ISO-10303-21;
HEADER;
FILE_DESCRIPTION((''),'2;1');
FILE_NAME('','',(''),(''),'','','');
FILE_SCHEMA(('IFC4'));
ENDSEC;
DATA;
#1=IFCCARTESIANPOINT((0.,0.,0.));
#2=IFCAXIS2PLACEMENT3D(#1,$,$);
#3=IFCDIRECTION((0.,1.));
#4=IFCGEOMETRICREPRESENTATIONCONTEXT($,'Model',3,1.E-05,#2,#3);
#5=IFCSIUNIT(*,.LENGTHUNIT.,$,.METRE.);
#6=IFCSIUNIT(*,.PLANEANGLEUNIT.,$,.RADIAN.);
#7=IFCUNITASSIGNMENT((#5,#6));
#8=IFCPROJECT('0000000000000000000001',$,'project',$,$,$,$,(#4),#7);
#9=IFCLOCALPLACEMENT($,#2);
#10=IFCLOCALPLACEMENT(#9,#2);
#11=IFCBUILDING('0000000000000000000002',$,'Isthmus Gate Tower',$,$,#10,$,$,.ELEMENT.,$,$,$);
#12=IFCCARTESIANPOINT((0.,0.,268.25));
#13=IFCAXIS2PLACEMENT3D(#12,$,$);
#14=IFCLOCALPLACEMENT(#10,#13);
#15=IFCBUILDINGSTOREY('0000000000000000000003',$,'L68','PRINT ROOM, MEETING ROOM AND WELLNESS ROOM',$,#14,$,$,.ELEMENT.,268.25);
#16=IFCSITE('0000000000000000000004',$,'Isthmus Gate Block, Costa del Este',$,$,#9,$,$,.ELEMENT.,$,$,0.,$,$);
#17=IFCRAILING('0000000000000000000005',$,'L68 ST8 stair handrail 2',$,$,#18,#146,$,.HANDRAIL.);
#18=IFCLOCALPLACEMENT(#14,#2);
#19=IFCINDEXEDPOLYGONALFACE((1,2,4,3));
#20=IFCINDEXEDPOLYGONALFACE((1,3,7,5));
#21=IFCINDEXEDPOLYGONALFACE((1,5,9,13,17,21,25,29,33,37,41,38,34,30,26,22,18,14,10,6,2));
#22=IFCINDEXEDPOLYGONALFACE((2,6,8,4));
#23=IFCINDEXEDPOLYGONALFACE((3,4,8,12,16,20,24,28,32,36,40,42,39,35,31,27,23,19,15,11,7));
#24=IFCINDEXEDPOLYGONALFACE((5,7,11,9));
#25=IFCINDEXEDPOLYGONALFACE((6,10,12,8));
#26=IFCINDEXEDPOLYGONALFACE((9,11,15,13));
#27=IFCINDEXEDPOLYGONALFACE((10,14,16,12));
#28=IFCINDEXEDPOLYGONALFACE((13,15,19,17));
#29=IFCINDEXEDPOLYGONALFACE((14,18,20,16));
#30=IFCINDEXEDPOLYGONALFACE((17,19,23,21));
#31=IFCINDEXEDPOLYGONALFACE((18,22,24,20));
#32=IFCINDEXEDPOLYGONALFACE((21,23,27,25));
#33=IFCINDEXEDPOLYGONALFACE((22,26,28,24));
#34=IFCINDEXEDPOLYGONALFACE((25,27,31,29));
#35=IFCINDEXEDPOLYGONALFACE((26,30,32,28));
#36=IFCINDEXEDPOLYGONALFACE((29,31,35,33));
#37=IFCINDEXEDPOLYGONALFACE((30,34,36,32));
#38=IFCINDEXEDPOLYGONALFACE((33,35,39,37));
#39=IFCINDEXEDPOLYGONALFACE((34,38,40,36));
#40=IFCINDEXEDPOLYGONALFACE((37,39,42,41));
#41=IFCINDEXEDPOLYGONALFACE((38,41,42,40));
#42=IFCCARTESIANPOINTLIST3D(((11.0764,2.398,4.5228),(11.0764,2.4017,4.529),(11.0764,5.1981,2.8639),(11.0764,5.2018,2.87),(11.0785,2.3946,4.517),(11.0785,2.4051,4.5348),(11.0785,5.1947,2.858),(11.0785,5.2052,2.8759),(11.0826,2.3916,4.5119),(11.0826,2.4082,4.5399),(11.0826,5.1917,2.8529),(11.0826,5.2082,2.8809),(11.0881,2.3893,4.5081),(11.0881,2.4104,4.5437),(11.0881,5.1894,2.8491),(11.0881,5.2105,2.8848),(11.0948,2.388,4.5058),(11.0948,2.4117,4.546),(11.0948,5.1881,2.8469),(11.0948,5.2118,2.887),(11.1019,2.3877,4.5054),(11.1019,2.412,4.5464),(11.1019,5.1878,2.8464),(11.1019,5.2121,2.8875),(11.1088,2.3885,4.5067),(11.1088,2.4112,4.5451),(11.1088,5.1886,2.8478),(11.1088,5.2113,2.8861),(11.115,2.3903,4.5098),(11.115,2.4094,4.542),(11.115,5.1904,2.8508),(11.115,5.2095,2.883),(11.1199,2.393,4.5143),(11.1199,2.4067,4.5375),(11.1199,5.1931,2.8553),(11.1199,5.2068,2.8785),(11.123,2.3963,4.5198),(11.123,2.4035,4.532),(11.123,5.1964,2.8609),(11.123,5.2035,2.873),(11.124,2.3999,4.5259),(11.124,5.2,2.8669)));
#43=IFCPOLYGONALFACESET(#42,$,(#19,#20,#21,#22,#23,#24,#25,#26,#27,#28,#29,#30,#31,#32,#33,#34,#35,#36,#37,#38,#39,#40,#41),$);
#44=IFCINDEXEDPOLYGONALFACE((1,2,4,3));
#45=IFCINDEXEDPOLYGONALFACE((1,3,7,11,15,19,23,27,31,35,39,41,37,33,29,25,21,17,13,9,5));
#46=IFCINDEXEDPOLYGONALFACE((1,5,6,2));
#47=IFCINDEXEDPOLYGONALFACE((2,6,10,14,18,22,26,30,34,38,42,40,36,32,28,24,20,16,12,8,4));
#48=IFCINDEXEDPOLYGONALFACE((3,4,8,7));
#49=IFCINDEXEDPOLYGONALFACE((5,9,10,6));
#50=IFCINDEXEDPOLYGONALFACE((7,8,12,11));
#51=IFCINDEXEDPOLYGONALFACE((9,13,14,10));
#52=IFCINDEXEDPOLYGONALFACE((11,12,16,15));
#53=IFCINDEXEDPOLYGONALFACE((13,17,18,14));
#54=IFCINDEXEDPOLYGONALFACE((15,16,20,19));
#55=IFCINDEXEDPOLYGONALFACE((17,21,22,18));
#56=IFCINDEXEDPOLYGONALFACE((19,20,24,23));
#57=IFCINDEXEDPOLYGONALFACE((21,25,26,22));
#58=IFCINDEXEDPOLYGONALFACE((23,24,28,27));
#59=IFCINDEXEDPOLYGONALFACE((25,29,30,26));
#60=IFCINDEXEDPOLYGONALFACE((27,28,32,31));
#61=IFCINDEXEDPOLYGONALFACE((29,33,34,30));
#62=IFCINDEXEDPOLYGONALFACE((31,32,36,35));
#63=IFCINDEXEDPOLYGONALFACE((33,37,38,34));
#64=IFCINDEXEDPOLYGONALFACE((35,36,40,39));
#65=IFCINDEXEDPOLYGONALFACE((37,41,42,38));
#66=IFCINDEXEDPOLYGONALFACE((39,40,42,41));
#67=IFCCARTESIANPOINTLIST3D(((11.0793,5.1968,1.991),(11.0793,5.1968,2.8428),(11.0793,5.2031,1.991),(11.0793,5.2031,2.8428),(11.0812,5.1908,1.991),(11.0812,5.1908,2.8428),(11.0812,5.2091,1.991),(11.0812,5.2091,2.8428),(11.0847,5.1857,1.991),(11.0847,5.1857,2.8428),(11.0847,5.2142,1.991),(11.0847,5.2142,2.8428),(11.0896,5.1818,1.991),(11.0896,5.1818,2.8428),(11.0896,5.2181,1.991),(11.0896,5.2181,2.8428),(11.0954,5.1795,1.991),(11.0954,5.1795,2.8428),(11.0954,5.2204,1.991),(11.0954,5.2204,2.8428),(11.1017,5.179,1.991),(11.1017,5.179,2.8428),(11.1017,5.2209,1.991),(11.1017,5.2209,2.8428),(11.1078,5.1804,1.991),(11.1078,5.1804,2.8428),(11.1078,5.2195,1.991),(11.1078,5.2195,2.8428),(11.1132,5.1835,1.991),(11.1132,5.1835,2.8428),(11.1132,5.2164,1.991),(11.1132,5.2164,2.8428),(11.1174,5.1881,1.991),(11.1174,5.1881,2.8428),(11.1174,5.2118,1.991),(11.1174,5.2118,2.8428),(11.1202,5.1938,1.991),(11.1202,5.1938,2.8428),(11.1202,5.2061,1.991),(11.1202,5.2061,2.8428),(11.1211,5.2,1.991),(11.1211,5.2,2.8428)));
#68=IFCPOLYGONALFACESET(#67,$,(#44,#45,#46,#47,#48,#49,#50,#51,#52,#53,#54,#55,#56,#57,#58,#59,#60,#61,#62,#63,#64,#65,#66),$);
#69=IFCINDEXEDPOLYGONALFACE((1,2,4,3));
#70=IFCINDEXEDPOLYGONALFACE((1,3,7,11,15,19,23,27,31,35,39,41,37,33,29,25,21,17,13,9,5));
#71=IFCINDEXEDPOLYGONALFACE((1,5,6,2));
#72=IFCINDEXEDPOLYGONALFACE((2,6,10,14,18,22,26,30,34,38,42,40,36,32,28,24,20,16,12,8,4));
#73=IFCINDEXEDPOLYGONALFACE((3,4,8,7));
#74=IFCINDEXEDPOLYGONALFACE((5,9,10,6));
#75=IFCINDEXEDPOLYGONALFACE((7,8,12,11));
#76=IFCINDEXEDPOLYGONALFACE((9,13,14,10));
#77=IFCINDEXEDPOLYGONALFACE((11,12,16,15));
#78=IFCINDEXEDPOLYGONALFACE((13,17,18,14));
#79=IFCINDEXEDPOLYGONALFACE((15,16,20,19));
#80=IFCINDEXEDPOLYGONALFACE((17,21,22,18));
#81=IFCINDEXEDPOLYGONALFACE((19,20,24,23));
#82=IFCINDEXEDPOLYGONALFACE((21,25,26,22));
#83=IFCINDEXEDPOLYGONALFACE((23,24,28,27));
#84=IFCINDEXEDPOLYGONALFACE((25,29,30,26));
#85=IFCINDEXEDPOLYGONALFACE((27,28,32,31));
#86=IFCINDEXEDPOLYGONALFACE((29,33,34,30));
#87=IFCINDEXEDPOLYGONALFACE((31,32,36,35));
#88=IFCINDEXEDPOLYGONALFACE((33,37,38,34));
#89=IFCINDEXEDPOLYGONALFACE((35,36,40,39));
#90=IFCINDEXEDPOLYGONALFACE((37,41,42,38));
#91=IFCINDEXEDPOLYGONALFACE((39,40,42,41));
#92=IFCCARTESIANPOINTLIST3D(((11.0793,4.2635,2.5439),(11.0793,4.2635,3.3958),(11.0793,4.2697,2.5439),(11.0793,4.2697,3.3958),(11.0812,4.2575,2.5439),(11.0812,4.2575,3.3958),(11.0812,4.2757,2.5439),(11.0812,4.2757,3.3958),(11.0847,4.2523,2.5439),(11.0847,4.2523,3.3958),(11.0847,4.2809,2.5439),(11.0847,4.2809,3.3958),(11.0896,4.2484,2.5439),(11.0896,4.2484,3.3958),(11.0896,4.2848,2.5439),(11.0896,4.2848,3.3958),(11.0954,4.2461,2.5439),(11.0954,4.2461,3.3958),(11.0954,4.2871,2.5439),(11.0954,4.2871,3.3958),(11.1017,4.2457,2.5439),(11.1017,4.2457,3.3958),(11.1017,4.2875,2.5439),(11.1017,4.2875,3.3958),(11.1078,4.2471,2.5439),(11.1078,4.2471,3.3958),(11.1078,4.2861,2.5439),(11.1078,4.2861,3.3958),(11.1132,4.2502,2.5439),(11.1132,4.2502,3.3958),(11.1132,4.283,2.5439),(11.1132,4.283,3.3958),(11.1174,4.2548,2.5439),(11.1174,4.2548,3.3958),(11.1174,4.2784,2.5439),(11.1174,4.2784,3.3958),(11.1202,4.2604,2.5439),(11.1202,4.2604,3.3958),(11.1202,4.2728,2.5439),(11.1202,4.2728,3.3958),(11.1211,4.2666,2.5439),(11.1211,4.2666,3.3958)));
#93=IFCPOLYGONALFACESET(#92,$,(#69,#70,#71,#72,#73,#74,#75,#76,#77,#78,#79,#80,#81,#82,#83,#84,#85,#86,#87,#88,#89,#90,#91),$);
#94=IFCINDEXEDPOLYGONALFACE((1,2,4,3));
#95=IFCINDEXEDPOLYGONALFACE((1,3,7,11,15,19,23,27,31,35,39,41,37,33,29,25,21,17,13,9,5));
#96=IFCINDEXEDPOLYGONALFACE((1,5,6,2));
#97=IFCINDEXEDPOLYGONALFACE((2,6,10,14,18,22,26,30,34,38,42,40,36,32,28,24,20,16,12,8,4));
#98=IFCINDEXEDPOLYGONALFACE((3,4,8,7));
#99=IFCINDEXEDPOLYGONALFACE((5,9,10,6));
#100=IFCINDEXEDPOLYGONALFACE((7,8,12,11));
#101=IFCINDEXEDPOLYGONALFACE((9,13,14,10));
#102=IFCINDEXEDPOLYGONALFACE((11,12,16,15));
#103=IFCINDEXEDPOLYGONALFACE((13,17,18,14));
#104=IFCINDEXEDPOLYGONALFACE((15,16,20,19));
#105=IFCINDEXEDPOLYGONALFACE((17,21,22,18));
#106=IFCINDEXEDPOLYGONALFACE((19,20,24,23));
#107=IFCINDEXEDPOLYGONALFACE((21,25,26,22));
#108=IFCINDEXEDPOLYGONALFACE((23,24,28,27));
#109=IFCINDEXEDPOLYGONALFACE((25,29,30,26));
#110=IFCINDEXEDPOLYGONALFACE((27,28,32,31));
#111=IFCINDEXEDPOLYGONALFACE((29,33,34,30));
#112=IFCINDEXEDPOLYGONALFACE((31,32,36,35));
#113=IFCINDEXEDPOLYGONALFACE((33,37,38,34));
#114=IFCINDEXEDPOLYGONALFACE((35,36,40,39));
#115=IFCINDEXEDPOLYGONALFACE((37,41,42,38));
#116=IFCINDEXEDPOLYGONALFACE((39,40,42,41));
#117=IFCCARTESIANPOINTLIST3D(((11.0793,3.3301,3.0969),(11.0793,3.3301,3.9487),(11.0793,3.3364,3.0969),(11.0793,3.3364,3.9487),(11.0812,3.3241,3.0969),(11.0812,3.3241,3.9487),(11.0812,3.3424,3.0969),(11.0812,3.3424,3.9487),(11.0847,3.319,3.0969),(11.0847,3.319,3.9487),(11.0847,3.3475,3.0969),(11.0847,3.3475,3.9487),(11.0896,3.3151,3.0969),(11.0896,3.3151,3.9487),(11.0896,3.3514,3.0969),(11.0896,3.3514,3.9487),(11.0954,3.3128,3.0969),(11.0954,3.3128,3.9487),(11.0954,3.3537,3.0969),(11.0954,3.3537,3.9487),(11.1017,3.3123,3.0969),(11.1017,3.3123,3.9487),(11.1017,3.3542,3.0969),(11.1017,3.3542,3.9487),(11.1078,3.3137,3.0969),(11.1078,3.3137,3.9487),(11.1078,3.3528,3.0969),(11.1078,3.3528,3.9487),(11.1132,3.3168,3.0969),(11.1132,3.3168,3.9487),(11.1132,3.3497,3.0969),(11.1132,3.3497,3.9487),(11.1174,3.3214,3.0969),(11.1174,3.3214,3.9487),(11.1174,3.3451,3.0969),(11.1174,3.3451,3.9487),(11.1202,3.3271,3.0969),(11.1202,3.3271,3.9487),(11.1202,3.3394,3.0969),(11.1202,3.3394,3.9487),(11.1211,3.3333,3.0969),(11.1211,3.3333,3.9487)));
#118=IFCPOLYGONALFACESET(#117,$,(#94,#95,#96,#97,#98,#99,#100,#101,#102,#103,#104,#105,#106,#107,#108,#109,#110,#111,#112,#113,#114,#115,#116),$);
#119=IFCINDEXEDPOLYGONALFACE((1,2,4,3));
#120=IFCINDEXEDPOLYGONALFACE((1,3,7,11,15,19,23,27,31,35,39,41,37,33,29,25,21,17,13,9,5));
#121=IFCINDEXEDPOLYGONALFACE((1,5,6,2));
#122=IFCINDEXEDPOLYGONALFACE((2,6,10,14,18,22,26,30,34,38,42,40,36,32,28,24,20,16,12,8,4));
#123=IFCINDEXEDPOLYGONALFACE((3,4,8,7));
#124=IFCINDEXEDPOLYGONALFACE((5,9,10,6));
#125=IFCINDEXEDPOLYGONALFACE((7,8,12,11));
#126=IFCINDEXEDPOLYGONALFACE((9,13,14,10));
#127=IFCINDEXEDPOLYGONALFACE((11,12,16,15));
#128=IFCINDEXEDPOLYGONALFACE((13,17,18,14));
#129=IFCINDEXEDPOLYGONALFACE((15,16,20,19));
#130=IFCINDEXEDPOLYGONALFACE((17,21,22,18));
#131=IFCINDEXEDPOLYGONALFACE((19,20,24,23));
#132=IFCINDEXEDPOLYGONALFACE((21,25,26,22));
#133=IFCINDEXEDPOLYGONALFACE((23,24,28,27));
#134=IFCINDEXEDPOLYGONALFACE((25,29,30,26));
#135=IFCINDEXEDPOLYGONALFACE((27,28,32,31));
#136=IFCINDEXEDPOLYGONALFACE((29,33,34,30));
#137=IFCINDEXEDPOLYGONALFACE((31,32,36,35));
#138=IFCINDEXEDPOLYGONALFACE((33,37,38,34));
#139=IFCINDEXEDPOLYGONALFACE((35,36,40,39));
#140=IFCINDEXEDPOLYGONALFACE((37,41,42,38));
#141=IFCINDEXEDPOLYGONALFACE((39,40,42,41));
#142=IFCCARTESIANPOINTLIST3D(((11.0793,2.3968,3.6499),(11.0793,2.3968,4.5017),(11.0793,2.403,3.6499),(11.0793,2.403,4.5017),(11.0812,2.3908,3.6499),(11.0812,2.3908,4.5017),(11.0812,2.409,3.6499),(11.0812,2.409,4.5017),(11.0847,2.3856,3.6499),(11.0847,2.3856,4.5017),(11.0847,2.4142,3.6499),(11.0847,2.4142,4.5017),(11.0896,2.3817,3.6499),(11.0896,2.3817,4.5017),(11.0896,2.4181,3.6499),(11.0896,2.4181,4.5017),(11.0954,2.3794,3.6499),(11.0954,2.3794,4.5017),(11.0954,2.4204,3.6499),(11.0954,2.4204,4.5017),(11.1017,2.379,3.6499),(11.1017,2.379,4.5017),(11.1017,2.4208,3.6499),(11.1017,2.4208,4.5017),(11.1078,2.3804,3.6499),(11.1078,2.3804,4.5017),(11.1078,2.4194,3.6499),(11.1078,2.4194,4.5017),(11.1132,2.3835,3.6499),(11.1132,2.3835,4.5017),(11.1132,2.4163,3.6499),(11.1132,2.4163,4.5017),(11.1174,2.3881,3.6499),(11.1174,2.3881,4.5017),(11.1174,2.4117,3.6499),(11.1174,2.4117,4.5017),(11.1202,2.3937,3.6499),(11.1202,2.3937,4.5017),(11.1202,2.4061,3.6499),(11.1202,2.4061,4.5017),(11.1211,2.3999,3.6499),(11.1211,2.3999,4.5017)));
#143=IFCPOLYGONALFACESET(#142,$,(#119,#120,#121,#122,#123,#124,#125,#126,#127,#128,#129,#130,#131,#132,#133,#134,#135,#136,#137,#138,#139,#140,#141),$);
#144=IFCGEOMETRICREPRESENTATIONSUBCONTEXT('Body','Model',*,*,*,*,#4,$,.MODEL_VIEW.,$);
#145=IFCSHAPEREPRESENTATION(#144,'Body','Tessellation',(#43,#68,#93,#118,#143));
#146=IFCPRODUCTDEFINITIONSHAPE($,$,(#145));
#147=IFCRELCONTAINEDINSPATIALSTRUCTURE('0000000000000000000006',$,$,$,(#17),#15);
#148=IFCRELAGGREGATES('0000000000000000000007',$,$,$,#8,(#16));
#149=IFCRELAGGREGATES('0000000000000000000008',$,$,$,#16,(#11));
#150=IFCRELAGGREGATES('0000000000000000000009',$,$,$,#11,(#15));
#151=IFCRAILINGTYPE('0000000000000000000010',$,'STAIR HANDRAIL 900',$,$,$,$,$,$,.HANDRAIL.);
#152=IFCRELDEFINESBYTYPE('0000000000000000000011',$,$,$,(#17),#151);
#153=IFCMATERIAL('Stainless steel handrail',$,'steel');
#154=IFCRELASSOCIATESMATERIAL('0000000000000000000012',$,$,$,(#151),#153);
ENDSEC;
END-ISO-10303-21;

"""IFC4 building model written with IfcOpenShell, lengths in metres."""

from ifc_helpers import new_model, si_unit, direction, frame, origin, origin_2d, place, context, subcontext, project, spatial, circle, extrude, material, type_object, element, save


model = new_model("IFC4")

# Units and contexts
model_context = context("Model", 3, precision=1e-05, world=origin(), true_north=direction((0.0, 1.0)))
body_context = subcontext(model_context, "Body", "Model", "MODEL_VIEW")
ifc_project = project(units=[si_unit("LENGTHUNIT", "METRE"), si_unit("PLANEANGLEUNIT", "RADIAN")], contexts=[model_context])

# Site, building, storey
site_placement = place(None, origin())
site = spatial("IfcSite", under=ifc_project, at=site_placement, Name="Isthmus Gate Block, Costa del Este", CompositionType="ELEMENT", RefElevation=0.0)
building_placement = place(site_placement, origin())
building = spatial("IfcBuilding", under=site, at=building_placement, Name="Isthmus Gate Tower", CompositionType="ELEMENT")
storey_placement = place(building_placement, frame((0.0, 0.0, 268.25)))
storey = spatial("IfcBuildingStorey", under=building, at=storey_placement, Name="L68", Description="PRINT ROOM, MEETING ROOM AND WELLNESS ROOM", CompositionType="ELEMENT", Elevation=268.25)

# Railing
ifc_material_1 = material(Name="Stainless steel handrail", Category="steel")
railing_type_1 = type_object("IfcRailingType", Name="STAIR HANDRAIL 900", PredefinedType="HANDRAIL", material=ifc_material_1)
for number, where, name in (
    (1, (11.1001, 5.2, 1.991), "L68 ST8 stair handrail 2"),
):
    element("IfcRailing", number, at=place(storey_placement, frame(where)), inside=storey, type_object=railing_type_1, Name=name, PredefinedType="HANDRAIL", context=body_context, shape_type="SweptSolid", body=[
        extrude(circle(Radius=0.0239, at=origin_2d()), frame((0.0, 0.0, 0.876), z_axis=(0.0, -0.860339, 0.509722), x_axis=(1.0, 0.0, 0.0)), (0.0, 0.0, 1.0), 3.2546),
        extrude(circle(Radius=0.021, at=origin_2d()), origin(), (0.0, 0.0, 1.0), 0.8518),
        extrude(circle(Radius=0.021, at=origin_2d()), frame((0.0, -0.9333, 0.553)), (0.0, 0.0, 1.0), 0.8518),
        extrude(circle(Radius=0.021, at=origin_2d()), frame((0.0, -1.8667, 1.106)), (0.0, 0.0, 1.0), 0.8518),
        extrude(circle(Radius=0.021, at=origin_2d()), frame((0.0, -2.8, 1.6589)), (0.0, 0.0, 1.0), 0.8518),
    ])

save(model, "model.ifc")
